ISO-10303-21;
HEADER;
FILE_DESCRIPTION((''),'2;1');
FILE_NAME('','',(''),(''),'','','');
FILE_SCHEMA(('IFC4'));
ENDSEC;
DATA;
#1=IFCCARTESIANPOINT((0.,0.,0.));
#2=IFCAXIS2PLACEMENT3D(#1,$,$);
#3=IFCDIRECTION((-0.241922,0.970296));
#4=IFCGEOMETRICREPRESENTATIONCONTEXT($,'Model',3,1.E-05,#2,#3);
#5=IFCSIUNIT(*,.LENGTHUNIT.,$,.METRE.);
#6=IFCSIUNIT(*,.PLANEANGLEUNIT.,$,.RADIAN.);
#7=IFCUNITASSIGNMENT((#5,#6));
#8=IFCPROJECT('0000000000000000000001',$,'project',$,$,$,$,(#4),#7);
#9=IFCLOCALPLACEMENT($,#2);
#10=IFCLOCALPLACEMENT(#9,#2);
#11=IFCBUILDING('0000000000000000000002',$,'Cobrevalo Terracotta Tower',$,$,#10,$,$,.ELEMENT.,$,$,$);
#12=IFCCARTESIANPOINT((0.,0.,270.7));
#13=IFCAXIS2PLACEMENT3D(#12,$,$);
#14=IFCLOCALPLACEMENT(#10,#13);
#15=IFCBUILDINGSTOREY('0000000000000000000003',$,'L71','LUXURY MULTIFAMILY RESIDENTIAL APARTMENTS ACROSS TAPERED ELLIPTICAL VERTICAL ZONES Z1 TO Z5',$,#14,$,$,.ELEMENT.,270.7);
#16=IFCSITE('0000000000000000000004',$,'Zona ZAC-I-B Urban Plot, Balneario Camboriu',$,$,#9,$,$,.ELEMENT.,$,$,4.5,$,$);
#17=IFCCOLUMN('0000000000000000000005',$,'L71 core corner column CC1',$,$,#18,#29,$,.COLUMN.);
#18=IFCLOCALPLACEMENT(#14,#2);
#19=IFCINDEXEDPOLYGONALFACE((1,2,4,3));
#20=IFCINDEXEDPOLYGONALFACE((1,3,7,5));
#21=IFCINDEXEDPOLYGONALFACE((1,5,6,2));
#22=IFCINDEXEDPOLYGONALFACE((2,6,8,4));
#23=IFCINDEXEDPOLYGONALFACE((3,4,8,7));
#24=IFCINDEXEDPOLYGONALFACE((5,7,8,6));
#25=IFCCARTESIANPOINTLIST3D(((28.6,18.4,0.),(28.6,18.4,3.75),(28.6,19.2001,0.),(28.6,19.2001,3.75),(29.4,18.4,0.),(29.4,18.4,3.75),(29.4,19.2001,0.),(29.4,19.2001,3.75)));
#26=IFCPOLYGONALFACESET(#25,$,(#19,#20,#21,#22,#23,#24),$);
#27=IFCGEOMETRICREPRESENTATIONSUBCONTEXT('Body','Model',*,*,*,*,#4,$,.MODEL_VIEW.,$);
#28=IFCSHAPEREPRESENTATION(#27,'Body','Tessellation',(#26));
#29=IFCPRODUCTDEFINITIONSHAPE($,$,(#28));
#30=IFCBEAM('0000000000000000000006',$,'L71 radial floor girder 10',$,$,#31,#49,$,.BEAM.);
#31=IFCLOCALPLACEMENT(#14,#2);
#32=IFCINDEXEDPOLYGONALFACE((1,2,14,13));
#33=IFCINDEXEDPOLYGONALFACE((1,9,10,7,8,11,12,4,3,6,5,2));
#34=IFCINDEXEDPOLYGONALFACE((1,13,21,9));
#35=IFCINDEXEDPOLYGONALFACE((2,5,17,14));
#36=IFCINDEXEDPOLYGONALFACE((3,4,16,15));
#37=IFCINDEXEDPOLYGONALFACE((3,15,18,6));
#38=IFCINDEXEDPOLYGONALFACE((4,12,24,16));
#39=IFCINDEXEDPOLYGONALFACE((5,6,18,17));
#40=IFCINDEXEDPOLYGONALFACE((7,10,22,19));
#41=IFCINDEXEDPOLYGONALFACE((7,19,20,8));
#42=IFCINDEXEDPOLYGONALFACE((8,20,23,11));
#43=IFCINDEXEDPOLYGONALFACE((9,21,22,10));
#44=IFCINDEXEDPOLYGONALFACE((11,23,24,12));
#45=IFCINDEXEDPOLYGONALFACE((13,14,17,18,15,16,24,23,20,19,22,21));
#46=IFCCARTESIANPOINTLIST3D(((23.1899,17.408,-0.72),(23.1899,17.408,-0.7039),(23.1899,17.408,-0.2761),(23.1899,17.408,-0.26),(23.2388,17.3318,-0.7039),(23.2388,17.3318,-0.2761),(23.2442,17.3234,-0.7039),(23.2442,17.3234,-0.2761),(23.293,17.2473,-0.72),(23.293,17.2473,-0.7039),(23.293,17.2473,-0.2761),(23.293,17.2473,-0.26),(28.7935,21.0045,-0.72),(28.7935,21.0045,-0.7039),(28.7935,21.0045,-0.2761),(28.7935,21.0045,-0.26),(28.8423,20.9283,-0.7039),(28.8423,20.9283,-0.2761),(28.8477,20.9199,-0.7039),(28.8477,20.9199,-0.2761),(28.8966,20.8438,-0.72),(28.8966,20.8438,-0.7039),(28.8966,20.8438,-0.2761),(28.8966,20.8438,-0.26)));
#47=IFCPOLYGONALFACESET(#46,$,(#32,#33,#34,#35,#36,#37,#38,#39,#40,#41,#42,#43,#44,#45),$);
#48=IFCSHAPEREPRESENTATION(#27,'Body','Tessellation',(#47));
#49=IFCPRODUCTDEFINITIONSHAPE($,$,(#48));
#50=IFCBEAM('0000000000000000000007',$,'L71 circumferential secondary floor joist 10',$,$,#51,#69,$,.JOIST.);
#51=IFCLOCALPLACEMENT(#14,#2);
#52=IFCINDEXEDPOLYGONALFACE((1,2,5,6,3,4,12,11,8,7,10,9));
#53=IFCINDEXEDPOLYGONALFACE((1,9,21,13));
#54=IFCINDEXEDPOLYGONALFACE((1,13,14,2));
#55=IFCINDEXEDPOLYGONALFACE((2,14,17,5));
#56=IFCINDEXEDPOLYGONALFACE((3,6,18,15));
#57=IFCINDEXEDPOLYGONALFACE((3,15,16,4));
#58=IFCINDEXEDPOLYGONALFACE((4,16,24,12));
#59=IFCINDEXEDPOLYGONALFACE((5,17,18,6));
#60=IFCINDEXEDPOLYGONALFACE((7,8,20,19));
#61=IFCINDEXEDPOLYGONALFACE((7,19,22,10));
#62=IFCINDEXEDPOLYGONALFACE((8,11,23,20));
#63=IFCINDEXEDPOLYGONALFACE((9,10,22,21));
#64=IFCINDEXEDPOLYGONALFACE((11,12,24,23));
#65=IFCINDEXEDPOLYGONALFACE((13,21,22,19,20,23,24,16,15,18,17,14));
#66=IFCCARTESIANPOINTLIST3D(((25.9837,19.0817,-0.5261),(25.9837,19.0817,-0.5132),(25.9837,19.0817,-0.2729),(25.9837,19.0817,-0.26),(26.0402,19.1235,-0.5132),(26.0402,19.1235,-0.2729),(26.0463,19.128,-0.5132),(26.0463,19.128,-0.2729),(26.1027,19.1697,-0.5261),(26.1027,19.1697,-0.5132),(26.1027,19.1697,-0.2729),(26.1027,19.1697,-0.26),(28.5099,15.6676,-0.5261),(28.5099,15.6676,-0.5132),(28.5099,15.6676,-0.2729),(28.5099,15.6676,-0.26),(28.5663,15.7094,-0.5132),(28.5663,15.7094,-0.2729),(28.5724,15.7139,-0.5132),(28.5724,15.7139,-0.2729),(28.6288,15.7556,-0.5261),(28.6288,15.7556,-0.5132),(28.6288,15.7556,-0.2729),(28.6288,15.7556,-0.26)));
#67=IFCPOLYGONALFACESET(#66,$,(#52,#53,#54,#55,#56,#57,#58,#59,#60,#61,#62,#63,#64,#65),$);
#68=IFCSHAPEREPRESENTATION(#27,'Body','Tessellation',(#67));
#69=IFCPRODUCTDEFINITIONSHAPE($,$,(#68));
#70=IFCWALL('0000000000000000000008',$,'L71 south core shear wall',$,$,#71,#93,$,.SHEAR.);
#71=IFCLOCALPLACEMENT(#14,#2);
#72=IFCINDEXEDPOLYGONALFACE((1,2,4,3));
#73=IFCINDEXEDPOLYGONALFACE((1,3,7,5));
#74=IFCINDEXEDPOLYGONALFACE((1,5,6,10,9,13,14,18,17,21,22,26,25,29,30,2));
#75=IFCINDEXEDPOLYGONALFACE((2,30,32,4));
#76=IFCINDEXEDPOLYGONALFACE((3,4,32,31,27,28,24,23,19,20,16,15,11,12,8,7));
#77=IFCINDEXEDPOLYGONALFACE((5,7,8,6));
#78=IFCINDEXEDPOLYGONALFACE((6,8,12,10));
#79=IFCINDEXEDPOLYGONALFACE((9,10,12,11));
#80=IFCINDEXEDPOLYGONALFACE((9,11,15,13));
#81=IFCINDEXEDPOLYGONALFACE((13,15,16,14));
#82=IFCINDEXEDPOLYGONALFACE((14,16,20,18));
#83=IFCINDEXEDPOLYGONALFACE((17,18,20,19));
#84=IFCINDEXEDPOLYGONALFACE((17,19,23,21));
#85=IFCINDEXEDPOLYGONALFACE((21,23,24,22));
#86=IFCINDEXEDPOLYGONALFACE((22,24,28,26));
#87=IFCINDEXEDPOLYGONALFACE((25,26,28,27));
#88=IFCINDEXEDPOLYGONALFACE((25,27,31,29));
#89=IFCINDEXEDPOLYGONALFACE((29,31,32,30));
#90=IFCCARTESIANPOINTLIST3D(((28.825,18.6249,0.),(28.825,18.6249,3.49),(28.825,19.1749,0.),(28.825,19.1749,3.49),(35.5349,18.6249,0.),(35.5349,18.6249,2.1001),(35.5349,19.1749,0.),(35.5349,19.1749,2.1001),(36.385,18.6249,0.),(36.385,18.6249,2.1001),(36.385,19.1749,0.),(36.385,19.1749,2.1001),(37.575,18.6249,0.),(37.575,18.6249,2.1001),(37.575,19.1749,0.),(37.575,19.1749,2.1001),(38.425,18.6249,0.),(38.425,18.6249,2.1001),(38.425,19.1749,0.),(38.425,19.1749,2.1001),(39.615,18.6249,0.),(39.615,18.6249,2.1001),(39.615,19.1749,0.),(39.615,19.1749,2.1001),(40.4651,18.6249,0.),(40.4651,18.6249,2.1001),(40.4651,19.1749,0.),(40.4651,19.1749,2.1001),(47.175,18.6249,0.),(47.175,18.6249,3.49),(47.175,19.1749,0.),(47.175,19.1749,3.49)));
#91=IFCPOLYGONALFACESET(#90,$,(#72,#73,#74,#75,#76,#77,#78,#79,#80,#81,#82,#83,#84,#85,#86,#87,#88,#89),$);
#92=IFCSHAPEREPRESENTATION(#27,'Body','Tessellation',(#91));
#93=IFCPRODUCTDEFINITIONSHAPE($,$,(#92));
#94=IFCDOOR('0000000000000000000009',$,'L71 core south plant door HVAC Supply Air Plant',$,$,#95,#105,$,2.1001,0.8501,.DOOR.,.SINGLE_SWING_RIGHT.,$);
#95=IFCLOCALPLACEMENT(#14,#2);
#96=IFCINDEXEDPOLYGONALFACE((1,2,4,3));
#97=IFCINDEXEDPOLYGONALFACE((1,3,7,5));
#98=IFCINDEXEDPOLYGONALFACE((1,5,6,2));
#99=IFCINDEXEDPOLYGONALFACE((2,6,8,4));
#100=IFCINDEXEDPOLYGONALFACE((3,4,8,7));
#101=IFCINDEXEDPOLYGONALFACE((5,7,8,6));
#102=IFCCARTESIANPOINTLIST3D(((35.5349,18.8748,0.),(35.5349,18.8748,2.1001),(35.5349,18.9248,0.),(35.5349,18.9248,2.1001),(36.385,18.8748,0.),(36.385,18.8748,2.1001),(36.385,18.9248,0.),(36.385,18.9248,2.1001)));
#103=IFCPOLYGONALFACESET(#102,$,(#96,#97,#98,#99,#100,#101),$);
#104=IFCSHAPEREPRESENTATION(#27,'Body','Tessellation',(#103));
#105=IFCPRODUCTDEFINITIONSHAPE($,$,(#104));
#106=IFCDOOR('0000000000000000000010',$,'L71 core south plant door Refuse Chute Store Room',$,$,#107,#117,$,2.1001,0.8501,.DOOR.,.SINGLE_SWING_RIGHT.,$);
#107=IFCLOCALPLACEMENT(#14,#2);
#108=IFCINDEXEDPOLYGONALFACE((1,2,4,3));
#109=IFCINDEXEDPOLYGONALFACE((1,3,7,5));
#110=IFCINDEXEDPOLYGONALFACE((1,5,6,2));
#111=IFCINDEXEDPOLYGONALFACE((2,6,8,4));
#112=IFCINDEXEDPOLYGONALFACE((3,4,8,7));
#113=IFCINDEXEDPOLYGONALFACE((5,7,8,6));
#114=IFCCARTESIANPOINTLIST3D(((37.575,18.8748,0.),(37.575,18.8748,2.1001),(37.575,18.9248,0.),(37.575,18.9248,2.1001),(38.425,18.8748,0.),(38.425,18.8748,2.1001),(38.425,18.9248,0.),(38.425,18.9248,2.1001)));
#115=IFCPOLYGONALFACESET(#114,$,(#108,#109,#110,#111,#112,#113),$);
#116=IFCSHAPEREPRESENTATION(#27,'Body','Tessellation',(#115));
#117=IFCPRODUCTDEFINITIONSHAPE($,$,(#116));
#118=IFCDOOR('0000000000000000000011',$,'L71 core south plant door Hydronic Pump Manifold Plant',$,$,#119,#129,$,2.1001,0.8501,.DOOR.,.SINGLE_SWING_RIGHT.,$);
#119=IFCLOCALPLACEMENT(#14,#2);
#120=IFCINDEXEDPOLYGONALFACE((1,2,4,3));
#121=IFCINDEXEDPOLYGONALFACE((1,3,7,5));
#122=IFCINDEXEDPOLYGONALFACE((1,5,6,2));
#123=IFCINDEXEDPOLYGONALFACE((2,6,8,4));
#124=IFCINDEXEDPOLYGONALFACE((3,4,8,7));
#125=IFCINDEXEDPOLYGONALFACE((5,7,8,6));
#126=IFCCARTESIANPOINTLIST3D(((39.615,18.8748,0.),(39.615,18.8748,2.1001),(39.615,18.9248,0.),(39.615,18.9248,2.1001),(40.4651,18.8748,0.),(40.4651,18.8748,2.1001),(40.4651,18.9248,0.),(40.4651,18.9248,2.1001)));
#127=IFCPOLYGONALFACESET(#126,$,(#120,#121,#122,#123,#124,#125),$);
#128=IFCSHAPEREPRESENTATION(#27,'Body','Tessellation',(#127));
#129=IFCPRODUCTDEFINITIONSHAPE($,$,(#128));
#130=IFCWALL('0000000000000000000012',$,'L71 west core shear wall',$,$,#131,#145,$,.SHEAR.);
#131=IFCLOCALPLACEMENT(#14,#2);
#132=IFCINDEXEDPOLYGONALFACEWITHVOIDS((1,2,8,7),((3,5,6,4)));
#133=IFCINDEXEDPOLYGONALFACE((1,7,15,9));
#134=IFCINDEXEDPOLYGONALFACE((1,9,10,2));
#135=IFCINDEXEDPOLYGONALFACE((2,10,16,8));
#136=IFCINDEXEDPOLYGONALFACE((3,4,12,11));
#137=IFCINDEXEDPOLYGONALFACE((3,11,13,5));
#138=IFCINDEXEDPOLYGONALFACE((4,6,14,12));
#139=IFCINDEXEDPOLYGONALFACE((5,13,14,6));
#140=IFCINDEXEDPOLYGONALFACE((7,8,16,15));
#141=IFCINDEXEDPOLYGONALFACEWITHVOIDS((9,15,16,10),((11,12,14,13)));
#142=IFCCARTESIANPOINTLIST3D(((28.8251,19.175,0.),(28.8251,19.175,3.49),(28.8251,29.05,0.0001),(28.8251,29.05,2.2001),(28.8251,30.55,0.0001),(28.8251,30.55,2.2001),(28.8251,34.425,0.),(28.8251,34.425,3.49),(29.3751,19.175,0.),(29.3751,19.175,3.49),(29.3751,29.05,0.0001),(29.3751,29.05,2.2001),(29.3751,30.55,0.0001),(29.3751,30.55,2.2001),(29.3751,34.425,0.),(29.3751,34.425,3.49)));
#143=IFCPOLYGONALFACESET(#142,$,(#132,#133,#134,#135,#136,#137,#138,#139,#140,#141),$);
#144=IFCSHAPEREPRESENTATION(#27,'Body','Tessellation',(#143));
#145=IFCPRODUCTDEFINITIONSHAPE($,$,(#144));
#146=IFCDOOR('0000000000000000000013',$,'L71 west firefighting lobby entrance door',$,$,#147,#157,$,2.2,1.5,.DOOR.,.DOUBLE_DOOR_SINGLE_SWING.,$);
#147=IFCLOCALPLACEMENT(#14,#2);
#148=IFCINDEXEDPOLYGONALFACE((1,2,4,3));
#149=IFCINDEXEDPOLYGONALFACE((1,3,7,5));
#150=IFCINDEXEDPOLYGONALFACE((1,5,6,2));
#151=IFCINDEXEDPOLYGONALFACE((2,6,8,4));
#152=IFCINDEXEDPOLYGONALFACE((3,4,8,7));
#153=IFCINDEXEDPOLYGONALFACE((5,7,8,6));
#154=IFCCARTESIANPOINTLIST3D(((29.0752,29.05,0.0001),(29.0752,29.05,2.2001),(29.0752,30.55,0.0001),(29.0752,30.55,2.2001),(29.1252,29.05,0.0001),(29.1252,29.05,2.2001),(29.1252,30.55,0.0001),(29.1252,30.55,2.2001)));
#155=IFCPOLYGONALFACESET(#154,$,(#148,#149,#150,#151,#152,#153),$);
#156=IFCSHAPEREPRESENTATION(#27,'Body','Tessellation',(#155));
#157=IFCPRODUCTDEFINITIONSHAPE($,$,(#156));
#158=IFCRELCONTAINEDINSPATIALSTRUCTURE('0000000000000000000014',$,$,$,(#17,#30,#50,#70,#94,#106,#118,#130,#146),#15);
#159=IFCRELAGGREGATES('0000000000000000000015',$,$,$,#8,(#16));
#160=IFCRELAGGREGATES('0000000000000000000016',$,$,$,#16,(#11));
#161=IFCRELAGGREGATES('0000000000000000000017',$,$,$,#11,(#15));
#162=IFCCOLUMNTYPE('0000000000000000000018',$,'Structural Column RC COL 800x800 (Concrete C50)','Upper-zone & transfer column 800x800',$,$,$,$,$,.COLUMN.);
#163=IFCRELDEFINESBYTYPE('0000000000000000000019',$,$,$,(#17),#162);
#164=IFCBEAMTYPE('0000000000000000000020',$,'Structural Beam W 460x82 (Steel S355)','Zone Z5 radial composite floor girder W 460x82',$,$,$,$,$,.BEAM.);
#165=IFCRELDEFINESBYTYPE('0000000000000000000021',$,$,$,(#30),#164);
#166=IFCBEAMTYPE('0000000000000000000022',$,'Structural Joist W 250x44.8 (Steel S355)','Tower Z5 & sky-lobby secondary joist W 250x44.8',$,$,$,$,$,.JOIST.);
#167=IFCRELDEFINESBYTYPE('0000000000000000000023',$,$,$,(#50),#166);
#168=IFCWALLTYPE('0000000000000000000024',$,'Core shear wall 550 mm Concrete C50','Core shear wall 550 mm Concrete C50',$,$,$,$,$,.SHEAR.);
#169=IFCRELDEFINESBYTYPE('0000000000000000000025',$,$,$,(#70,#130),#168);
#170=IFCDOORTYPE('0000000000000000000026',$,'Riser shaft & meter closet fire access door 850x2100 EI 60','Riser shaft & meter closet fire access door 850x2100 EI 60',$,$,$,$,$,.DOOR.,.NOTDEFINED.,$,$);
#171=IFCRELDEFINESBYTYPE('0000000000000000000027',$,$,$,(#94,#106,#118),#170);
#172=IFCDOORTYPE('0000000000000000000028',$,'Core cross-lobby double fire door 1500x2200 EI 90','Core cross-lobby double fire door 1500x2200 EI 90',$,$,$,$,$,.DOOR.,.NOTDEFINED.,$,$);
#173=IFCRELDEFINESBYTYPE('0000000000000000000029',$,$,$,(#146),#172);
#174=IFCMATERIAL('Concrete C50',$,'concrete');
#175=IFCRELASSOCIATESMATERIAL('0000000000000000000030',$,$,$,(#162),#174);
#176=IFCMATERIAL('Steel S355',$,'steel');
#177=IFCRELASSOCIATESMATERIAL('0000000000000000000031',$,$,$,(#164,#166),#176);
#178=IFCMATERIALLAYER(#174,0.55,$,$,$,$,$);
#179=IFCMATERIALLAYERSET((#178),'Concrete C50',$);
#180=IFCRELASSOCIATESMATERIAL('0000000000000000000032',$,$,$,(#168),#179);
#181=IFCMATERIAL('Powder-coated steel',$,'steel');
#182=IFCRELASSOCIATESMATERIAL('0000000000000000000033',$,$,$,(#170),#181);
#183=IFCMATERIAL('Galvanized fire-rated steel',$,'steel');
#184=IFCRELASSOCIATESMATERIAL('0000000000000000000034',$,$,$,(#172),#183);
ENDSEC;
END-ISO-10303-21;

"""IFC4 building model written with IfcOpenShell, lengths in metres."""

from ifc_helpers import new_model, si_unit, direction, frame, frame_2d, origin, origin_2d, place, context, subcontext, project, spatial, rectangle, i_section, extrude, source, transform, mapped, material, layer, layer_set, material_profile, profile_set, type_object, element, fill, save


model = new_model("IFC4")

# Units and contexts
model_context = context("Model", 3, precision=1e-05, world=origin(), true_north=direction((-0.241922, 0.970296)))
body_context = subcontext(model_context, "Body", "Model", "MODEL_VIEW")
ifc_project = project(units=[si_unit("LENGTHUNIT", "METRE"), si_unit("PLANEANGLEUNIT", "RADIAN")], contexts=[model_context])

# Site, building, storey
site_placement = place(None, origin())
site = spatial("IfcSite", under=ifc_project, at=site_placement, Name="Zona ZAC-I-B Urban Plot, Balneario Camboriu", CompositionType="ELEMENT", RefElevation=4.5)
building_placement = place(site_placement, origin())
building = spatial("IfcBuilding", under=site, at=building_placement, Name="Cobrevalo Terracotta Tower", CompositionType="ELEMENT")
storey_placement = place(building_placement, frame((0.0, 0.0, 270.7)))
storey = spatial("IfcBuildingStorey", under=building, at=storey_placement, Name="L71", Description="LUXURY MULTIFAMILY RESIDENTIAL APARTMENTS ACROSS TAPERED ELLIPTICAL VERTICAL ZONES Z1 TO Z5", CompositionType="ELEMENT", Elevation=270.7)

# Column
ifc_material_1 = material(Name="Concrete C50", Category="concrete")
ifc_material_profile_1 = material_profile(ifc_material_1, rectangle(XDim=0.8, YDim=0.8, at=origin_2d()), Name="RC COL 800x800")
ifc_profile_set_1 = profile_set([ifc_material_profile_1], Name="Concrete C50")
column_type = type_object("IfcColumnType", Name="Structural Column RC COL 800x800 (Concrete C50)", Description="Upper-zone & transfer column 800x800", PredefinedType="COLUMN", material=ifc_profile_set_1)
column_placement = place(storey_placement, frame((29.0, 18.8, 0.0), z_axis=(0.0, 0.0, 1.0), x_axis=(1.0, 0.0, 0.0)))
element("IfcColumn", 1, at=column_placement, inside=storey, type_object=column_type, Name="L71 core corner column CC1", PredefinedType="COLUMN", context=body_context, shape_type="SweptSolid", body=[
    extrude(rectangle(XDim=0.8, YDim=0.8, at=origin_2d()), origin(), (0.0, 0.0, 1.0), 3.75),
])

# Beams
ifc_material_2 = material(Name="Steel S355", Category="steel")
ifc_material_profile_2 = material_profile(ifc_material_2, i_section(OverallWidth=0.1909, OverallDepth=0.46, WebThickness=0.01, FlangeThickness=0.0161, at=origin_2d()), Name="W 460x82")
ifc_profile_set_2 = profile_set([ifc_material_profile_2], Name="Steel S355")
beam_type_1 = type_object("IfcBeamType", Name="Structural Beam W 460x82 (Steel S355)", Description="Zone Z5 radial composite floor girder W 460x82", PredefinedType="BEAM", material=ifc_profile_set_2)
beam_1_placement = place(storey_placement, frame((23.2415, 17.3276, -0.49), z_axis=(0.841576, 0.540138, 0.0), x_axis=(-0.540138, 0.841576, 0.0)))
element("IfcBeam", 2, at=beam_1_placement, inside=storey, type_object=beam_type_1, Name="L71 radial floor girder 10", PredefinedType="BEAM", context=body_context, shape_type="SweptSolid", body=[
    extrude(i_section(OverallWidth=0.1909, OverallDepth=0.46, WebThickness=0.01, FlangeThickness=0.0161, at=origin_2d()), origin(), (0.0, 0.0, 1.0), 6.6584),
])
ifc_material_profile_3 = material_profile(ifc_material_2, i_section(OverallWidth=0.1479, OverallDepth=0.2661, WebThickness=0.0076, FlangeThickness=0.0129, at=origin_2d()), Name="W 250x44.8")
ifc_profile_set_3 = profile_set([ifc_material_profile_3], Name="Steel S355")
beam_type_2 = type_object("IfcBeamType", Name="Structural Joist W 250x44.8 (Steel S355)", Description="Tower Z5 & sky-lobby secondary joist W 250x44.8", PredefinedType="JOIST", material=ifc_profile_set_3)
beam_2_placement = place(storey_placement, frame((26.0432, 19.1257, -0.3931), z_axis=(0.5948, -0.803874, 0.0), x_axis=(0.803874, 0.5948, 0.0)))
element("IfcBeam", 3, at=beam_2_placement, inside=storey, type_object=beam_type_2, Name="L71 circumferential secondary floor joist 10", PredefinedType="JOIST", context=body_context, shape_type="SweptSolid", body=[
    extrude(i_section(OverallWidth=0.1479, OverallDepth=0.2661, WebThickness=0.0076, FlangeThickness=0.0129, at=origin_2d()), origin(), (0.0, 0.0, 1.0), 4.2471),
])

# Wall, openings, doors
ifc_layer_1 = layer(ifc_material_1, 0.55)
ifc_layer_set_1 = layer_set([ifc_layer_1], Name="Concrete C50")
wall_type_1 = type_object("IfcWallType", Name="Core shear wall 550 mm Concrete C50", Description="Core shear wall 550 mm Concrete C50", PredefinedType="SHEAR", material=ifc_layer_set_1)
wall_1_placement = place(storey_placement, frame((28.825, 18.8999, 0.0), z_axis=(0.0, 0.0, 1.0), x_axis=(1.0, 0.0, 0.0)))
wall_1 = element("IfcWall", 4, at=wall_1_placement, inside=storey, type_object=wall_type_1, Name="L71 south core shear wall", PredefinedType="SHEAR", context=body_context, shape_type="SweptSolid", body=[
    extrude(rectangle(XDim=18.3501, YDim=0.55, at=frame_2d((9.175, 0.0))), origin(), (0.0, 0.0, 1.0), 3.49),
])
opening_1_placement = place(wall_1_placement, frame((6.71, 0.0, 0.0)))
opening_1 = element("IfcOpeningElement", 5, at=opening_1_placement, cuts=wall_1, PredefinedType="OPENING", context=body_context, shape_type="SweptSolid", body=[
    extrude(rectangle(XDim=0.8501, YDim=2.1001, at=frame_2d((0.425, 1.05))), frame((0.0, 0.2852, 0.0), z_axis=(0.0, -1.0, 0.0), x_axis=(1.0, 0.0, 0.0)), (0.0, 0.0, 1.0), 0.5701),
])
opening_2_placement = place(wall_1_placement, frame((8.75, 0.0, 0.0)))
opening_2 = element("IfcOpeningElement", 6, at=opening_2_placement, cuts=wall_1, PredefinedType="OPENING", context=body_context, shape_type="SweptSolid", body=[
    extrude(rectangle(XDim=0.8501, YDim=2.1001, at=frame_2d((0.425, 1.05))), frame((0.0, 0.2852, 0.0), z_axis=(0.0, -1.0, 0.0), x_axis=(1.0, 0.0, 0.0)), (0.0, 0.0, 1.0), 0.5701),
])
opening_3_placement = place(wall_1_placement, frame((10.79, 0.0, 0.0)))
opening_3 = element("IfcOpeningElement", 7, at=opening_3_placement, cuts=wall_1, PredefinedType="OPENING", context=body_context, shape_type="SweptSolid", body=[
    extrude(rectangle(XDim=0.8501, YDim=2.1001, at=frame_2d((0.425, 1.05))), frame((0.0, 0.2852, 0.0), z_axis=(0.0, -1.0, 0.0), x_axis=(1.0, 0.0, 0.0)), (0.0, 0.0, 1.0), 0.5701),
])
ifc_material_3 = material(Name="Powder-coated steel", Category="steel")
door_type_1 = type_object("IfcDoorType", Name="Riser shaft & meter closet fire access door 850x2100 EI 60", Description="Riser shaft & meter closet fire access door 850x2100 EI 60", OperationType="NOTDEFINED", PredefinedType="DOOR", material=ifc_material_3)
shared_shape_1 = source(origin(), body_context, "Body", "SweptSolid", [
    extrude(rectangle(XDim=0.8501, YDim=2.1001, at=frame_2d((0.425, 1.05))), frame((0.0, 0.0249, 0.0), z_axis=(0.0, -1.0, 0.0), x_axis=(1.0, 0.0, 0.0)), (0.0, 0.0, 1.0), 0.05),
])
door_1_placement = place(opening_1_placement, origin())
door_1 = element("IfcDoor", 8, at=door_1_placement, inside=storey, type_object=door_type_1, Name="L71 core south plant door HVAC Supply Air Plant", OperationType="SINGLE_SWING_RIGHT", OverallHeight=2.1001, OverallWidth=0.8501, PredefinedType="DOOR", context=body_context, shape_type="MappedRepresentation", body=[
    mapped(shared_shape_1, transform((0.0, 0.0, 0.0), scale=1.0)),
])
fill(opening_1, door_1)
door_2_placement = place(opening_2_placement, origin())
door_2 = element("IfcDoor", 9, at=door_2_placement, inside=storey, type_object=door_type_1, Name="L71 core south plant door Refuse Chute Store Room", OperationType="SINGLE_SWING_RIGHT", OverallHeight=2.1001, OverallWidth=0.8501, PredefinedType="DOOR", context=body_context, shape_type="MappedRepresentation", body=[
    mapped(shared_shape_1, transform((0.0, 0.0, 0.0), scale=1.0)),
])
fill(opening_2, door_2)
door_3_placement = place(opening_3_placement, origin())
door_3 = element("IfcDoor", 10, at=door_3_placement, inside=storey, type_object=door_type_1, Name="L71 core south plant door Hydronic Pump Manifold Plant", OperationType="SINGLE_SWING_RIGHT", OverallHeight=2.1001, OverallWidth=0.8501, PredefinedType="DOOR", context=body_context, shape_type="MappedRepresentation", body=[
    mapped(shared_shape_1, transform((0.0, 0.0, 0.0), scale=1.0)),
])
fill(opening_3, door_3)

# Wall, opening, door
wall_2_placement = place(storey_placement, frame((29.1001, 19.175, 0.0), z_axis=(0.0, 0.0, 1.0), x_axis=(0.0, 1.0, 0.0)))
wall_2 = element("IfcWall", 11, at=wall_2_placement, inside=storey, type_object=wall_type_1, Name="L71 west core shear wall", PredefinedType="SHEAR", context=body_context, shape_type="SweptSolid", body=[
    extrude(rectangle(XDim=15.25, YDim=0.55, at=frame_2d((7.625, 0.0))), origin(), (0.0, 0.0, 1.0), 3.49),
])
opening_4_placement = place(wall_2_placement, frame((9.875, 0.0, 0.0)))
opening_4 = element("IfcOpeningElement", 12, at=opening_4_placement, cuts=wall_2, PredefinedType="OPENING", context=body_context, shape_type="SweptSolid", body=[
    extrude(rectangle(XDim=1.5, YDim=2.2, at=frame_2d((0.75, 1.1001))), frame((0.0, 0.2852, 0.0), z_axis=(0.0, -1.0, 0.0), x_axis=(1.0, 0.0, 0.0)), (0.0, 0.0, 1.0), 0.5701),
])
ifc_material_4 = material(Name="Galvanized fire-rated steel", Category="steel")
door_type_2 = type_object("IfcDoorType", Name="Core cross-lobby double fire door 1500x2200 EI 90", Description="Core cross-lobby double fire door 1500x2200 EI 90", OperationType="NOTDEFINED", PredefinedType="DOOR", material=ifc_material_4)
shared_shape_2 = source(origin(), body_context, "Body", "SweptSolid", [
    extrude(rectangle(XDim=1.5, YDim=2.2, at=frame_2d((0.75, 1.1001))), frame((0.0, 0.0249, 0.0), z_axis=(0.0, -1.0, 0.0), x_axis=(1.0, 0.0, 0.0)), (0.0, 0.0, 1.0), 0.05),
])
door_4_placement = place(opening_4_placement, origin())
door_4 = element("IfcDoor", 13, at=door_4_placement, inside=storey, type_object=door_type_2, Name="L71 west firefighting lobby entrance door", OperationType="DOUBLE_DOOR_SINGLE_SWING", OverallHeight=2.2, OverallWidth=1.5, PredefinedType="DOOR", context=body_context, shape_type="MappedRepresentation", body=[
    mapped(shared_shape_2, transform((0.0, 0.0, 0.0), scale=1.0)),
])
fill(opening_4, door_4)

save(model, "model.ifc")
